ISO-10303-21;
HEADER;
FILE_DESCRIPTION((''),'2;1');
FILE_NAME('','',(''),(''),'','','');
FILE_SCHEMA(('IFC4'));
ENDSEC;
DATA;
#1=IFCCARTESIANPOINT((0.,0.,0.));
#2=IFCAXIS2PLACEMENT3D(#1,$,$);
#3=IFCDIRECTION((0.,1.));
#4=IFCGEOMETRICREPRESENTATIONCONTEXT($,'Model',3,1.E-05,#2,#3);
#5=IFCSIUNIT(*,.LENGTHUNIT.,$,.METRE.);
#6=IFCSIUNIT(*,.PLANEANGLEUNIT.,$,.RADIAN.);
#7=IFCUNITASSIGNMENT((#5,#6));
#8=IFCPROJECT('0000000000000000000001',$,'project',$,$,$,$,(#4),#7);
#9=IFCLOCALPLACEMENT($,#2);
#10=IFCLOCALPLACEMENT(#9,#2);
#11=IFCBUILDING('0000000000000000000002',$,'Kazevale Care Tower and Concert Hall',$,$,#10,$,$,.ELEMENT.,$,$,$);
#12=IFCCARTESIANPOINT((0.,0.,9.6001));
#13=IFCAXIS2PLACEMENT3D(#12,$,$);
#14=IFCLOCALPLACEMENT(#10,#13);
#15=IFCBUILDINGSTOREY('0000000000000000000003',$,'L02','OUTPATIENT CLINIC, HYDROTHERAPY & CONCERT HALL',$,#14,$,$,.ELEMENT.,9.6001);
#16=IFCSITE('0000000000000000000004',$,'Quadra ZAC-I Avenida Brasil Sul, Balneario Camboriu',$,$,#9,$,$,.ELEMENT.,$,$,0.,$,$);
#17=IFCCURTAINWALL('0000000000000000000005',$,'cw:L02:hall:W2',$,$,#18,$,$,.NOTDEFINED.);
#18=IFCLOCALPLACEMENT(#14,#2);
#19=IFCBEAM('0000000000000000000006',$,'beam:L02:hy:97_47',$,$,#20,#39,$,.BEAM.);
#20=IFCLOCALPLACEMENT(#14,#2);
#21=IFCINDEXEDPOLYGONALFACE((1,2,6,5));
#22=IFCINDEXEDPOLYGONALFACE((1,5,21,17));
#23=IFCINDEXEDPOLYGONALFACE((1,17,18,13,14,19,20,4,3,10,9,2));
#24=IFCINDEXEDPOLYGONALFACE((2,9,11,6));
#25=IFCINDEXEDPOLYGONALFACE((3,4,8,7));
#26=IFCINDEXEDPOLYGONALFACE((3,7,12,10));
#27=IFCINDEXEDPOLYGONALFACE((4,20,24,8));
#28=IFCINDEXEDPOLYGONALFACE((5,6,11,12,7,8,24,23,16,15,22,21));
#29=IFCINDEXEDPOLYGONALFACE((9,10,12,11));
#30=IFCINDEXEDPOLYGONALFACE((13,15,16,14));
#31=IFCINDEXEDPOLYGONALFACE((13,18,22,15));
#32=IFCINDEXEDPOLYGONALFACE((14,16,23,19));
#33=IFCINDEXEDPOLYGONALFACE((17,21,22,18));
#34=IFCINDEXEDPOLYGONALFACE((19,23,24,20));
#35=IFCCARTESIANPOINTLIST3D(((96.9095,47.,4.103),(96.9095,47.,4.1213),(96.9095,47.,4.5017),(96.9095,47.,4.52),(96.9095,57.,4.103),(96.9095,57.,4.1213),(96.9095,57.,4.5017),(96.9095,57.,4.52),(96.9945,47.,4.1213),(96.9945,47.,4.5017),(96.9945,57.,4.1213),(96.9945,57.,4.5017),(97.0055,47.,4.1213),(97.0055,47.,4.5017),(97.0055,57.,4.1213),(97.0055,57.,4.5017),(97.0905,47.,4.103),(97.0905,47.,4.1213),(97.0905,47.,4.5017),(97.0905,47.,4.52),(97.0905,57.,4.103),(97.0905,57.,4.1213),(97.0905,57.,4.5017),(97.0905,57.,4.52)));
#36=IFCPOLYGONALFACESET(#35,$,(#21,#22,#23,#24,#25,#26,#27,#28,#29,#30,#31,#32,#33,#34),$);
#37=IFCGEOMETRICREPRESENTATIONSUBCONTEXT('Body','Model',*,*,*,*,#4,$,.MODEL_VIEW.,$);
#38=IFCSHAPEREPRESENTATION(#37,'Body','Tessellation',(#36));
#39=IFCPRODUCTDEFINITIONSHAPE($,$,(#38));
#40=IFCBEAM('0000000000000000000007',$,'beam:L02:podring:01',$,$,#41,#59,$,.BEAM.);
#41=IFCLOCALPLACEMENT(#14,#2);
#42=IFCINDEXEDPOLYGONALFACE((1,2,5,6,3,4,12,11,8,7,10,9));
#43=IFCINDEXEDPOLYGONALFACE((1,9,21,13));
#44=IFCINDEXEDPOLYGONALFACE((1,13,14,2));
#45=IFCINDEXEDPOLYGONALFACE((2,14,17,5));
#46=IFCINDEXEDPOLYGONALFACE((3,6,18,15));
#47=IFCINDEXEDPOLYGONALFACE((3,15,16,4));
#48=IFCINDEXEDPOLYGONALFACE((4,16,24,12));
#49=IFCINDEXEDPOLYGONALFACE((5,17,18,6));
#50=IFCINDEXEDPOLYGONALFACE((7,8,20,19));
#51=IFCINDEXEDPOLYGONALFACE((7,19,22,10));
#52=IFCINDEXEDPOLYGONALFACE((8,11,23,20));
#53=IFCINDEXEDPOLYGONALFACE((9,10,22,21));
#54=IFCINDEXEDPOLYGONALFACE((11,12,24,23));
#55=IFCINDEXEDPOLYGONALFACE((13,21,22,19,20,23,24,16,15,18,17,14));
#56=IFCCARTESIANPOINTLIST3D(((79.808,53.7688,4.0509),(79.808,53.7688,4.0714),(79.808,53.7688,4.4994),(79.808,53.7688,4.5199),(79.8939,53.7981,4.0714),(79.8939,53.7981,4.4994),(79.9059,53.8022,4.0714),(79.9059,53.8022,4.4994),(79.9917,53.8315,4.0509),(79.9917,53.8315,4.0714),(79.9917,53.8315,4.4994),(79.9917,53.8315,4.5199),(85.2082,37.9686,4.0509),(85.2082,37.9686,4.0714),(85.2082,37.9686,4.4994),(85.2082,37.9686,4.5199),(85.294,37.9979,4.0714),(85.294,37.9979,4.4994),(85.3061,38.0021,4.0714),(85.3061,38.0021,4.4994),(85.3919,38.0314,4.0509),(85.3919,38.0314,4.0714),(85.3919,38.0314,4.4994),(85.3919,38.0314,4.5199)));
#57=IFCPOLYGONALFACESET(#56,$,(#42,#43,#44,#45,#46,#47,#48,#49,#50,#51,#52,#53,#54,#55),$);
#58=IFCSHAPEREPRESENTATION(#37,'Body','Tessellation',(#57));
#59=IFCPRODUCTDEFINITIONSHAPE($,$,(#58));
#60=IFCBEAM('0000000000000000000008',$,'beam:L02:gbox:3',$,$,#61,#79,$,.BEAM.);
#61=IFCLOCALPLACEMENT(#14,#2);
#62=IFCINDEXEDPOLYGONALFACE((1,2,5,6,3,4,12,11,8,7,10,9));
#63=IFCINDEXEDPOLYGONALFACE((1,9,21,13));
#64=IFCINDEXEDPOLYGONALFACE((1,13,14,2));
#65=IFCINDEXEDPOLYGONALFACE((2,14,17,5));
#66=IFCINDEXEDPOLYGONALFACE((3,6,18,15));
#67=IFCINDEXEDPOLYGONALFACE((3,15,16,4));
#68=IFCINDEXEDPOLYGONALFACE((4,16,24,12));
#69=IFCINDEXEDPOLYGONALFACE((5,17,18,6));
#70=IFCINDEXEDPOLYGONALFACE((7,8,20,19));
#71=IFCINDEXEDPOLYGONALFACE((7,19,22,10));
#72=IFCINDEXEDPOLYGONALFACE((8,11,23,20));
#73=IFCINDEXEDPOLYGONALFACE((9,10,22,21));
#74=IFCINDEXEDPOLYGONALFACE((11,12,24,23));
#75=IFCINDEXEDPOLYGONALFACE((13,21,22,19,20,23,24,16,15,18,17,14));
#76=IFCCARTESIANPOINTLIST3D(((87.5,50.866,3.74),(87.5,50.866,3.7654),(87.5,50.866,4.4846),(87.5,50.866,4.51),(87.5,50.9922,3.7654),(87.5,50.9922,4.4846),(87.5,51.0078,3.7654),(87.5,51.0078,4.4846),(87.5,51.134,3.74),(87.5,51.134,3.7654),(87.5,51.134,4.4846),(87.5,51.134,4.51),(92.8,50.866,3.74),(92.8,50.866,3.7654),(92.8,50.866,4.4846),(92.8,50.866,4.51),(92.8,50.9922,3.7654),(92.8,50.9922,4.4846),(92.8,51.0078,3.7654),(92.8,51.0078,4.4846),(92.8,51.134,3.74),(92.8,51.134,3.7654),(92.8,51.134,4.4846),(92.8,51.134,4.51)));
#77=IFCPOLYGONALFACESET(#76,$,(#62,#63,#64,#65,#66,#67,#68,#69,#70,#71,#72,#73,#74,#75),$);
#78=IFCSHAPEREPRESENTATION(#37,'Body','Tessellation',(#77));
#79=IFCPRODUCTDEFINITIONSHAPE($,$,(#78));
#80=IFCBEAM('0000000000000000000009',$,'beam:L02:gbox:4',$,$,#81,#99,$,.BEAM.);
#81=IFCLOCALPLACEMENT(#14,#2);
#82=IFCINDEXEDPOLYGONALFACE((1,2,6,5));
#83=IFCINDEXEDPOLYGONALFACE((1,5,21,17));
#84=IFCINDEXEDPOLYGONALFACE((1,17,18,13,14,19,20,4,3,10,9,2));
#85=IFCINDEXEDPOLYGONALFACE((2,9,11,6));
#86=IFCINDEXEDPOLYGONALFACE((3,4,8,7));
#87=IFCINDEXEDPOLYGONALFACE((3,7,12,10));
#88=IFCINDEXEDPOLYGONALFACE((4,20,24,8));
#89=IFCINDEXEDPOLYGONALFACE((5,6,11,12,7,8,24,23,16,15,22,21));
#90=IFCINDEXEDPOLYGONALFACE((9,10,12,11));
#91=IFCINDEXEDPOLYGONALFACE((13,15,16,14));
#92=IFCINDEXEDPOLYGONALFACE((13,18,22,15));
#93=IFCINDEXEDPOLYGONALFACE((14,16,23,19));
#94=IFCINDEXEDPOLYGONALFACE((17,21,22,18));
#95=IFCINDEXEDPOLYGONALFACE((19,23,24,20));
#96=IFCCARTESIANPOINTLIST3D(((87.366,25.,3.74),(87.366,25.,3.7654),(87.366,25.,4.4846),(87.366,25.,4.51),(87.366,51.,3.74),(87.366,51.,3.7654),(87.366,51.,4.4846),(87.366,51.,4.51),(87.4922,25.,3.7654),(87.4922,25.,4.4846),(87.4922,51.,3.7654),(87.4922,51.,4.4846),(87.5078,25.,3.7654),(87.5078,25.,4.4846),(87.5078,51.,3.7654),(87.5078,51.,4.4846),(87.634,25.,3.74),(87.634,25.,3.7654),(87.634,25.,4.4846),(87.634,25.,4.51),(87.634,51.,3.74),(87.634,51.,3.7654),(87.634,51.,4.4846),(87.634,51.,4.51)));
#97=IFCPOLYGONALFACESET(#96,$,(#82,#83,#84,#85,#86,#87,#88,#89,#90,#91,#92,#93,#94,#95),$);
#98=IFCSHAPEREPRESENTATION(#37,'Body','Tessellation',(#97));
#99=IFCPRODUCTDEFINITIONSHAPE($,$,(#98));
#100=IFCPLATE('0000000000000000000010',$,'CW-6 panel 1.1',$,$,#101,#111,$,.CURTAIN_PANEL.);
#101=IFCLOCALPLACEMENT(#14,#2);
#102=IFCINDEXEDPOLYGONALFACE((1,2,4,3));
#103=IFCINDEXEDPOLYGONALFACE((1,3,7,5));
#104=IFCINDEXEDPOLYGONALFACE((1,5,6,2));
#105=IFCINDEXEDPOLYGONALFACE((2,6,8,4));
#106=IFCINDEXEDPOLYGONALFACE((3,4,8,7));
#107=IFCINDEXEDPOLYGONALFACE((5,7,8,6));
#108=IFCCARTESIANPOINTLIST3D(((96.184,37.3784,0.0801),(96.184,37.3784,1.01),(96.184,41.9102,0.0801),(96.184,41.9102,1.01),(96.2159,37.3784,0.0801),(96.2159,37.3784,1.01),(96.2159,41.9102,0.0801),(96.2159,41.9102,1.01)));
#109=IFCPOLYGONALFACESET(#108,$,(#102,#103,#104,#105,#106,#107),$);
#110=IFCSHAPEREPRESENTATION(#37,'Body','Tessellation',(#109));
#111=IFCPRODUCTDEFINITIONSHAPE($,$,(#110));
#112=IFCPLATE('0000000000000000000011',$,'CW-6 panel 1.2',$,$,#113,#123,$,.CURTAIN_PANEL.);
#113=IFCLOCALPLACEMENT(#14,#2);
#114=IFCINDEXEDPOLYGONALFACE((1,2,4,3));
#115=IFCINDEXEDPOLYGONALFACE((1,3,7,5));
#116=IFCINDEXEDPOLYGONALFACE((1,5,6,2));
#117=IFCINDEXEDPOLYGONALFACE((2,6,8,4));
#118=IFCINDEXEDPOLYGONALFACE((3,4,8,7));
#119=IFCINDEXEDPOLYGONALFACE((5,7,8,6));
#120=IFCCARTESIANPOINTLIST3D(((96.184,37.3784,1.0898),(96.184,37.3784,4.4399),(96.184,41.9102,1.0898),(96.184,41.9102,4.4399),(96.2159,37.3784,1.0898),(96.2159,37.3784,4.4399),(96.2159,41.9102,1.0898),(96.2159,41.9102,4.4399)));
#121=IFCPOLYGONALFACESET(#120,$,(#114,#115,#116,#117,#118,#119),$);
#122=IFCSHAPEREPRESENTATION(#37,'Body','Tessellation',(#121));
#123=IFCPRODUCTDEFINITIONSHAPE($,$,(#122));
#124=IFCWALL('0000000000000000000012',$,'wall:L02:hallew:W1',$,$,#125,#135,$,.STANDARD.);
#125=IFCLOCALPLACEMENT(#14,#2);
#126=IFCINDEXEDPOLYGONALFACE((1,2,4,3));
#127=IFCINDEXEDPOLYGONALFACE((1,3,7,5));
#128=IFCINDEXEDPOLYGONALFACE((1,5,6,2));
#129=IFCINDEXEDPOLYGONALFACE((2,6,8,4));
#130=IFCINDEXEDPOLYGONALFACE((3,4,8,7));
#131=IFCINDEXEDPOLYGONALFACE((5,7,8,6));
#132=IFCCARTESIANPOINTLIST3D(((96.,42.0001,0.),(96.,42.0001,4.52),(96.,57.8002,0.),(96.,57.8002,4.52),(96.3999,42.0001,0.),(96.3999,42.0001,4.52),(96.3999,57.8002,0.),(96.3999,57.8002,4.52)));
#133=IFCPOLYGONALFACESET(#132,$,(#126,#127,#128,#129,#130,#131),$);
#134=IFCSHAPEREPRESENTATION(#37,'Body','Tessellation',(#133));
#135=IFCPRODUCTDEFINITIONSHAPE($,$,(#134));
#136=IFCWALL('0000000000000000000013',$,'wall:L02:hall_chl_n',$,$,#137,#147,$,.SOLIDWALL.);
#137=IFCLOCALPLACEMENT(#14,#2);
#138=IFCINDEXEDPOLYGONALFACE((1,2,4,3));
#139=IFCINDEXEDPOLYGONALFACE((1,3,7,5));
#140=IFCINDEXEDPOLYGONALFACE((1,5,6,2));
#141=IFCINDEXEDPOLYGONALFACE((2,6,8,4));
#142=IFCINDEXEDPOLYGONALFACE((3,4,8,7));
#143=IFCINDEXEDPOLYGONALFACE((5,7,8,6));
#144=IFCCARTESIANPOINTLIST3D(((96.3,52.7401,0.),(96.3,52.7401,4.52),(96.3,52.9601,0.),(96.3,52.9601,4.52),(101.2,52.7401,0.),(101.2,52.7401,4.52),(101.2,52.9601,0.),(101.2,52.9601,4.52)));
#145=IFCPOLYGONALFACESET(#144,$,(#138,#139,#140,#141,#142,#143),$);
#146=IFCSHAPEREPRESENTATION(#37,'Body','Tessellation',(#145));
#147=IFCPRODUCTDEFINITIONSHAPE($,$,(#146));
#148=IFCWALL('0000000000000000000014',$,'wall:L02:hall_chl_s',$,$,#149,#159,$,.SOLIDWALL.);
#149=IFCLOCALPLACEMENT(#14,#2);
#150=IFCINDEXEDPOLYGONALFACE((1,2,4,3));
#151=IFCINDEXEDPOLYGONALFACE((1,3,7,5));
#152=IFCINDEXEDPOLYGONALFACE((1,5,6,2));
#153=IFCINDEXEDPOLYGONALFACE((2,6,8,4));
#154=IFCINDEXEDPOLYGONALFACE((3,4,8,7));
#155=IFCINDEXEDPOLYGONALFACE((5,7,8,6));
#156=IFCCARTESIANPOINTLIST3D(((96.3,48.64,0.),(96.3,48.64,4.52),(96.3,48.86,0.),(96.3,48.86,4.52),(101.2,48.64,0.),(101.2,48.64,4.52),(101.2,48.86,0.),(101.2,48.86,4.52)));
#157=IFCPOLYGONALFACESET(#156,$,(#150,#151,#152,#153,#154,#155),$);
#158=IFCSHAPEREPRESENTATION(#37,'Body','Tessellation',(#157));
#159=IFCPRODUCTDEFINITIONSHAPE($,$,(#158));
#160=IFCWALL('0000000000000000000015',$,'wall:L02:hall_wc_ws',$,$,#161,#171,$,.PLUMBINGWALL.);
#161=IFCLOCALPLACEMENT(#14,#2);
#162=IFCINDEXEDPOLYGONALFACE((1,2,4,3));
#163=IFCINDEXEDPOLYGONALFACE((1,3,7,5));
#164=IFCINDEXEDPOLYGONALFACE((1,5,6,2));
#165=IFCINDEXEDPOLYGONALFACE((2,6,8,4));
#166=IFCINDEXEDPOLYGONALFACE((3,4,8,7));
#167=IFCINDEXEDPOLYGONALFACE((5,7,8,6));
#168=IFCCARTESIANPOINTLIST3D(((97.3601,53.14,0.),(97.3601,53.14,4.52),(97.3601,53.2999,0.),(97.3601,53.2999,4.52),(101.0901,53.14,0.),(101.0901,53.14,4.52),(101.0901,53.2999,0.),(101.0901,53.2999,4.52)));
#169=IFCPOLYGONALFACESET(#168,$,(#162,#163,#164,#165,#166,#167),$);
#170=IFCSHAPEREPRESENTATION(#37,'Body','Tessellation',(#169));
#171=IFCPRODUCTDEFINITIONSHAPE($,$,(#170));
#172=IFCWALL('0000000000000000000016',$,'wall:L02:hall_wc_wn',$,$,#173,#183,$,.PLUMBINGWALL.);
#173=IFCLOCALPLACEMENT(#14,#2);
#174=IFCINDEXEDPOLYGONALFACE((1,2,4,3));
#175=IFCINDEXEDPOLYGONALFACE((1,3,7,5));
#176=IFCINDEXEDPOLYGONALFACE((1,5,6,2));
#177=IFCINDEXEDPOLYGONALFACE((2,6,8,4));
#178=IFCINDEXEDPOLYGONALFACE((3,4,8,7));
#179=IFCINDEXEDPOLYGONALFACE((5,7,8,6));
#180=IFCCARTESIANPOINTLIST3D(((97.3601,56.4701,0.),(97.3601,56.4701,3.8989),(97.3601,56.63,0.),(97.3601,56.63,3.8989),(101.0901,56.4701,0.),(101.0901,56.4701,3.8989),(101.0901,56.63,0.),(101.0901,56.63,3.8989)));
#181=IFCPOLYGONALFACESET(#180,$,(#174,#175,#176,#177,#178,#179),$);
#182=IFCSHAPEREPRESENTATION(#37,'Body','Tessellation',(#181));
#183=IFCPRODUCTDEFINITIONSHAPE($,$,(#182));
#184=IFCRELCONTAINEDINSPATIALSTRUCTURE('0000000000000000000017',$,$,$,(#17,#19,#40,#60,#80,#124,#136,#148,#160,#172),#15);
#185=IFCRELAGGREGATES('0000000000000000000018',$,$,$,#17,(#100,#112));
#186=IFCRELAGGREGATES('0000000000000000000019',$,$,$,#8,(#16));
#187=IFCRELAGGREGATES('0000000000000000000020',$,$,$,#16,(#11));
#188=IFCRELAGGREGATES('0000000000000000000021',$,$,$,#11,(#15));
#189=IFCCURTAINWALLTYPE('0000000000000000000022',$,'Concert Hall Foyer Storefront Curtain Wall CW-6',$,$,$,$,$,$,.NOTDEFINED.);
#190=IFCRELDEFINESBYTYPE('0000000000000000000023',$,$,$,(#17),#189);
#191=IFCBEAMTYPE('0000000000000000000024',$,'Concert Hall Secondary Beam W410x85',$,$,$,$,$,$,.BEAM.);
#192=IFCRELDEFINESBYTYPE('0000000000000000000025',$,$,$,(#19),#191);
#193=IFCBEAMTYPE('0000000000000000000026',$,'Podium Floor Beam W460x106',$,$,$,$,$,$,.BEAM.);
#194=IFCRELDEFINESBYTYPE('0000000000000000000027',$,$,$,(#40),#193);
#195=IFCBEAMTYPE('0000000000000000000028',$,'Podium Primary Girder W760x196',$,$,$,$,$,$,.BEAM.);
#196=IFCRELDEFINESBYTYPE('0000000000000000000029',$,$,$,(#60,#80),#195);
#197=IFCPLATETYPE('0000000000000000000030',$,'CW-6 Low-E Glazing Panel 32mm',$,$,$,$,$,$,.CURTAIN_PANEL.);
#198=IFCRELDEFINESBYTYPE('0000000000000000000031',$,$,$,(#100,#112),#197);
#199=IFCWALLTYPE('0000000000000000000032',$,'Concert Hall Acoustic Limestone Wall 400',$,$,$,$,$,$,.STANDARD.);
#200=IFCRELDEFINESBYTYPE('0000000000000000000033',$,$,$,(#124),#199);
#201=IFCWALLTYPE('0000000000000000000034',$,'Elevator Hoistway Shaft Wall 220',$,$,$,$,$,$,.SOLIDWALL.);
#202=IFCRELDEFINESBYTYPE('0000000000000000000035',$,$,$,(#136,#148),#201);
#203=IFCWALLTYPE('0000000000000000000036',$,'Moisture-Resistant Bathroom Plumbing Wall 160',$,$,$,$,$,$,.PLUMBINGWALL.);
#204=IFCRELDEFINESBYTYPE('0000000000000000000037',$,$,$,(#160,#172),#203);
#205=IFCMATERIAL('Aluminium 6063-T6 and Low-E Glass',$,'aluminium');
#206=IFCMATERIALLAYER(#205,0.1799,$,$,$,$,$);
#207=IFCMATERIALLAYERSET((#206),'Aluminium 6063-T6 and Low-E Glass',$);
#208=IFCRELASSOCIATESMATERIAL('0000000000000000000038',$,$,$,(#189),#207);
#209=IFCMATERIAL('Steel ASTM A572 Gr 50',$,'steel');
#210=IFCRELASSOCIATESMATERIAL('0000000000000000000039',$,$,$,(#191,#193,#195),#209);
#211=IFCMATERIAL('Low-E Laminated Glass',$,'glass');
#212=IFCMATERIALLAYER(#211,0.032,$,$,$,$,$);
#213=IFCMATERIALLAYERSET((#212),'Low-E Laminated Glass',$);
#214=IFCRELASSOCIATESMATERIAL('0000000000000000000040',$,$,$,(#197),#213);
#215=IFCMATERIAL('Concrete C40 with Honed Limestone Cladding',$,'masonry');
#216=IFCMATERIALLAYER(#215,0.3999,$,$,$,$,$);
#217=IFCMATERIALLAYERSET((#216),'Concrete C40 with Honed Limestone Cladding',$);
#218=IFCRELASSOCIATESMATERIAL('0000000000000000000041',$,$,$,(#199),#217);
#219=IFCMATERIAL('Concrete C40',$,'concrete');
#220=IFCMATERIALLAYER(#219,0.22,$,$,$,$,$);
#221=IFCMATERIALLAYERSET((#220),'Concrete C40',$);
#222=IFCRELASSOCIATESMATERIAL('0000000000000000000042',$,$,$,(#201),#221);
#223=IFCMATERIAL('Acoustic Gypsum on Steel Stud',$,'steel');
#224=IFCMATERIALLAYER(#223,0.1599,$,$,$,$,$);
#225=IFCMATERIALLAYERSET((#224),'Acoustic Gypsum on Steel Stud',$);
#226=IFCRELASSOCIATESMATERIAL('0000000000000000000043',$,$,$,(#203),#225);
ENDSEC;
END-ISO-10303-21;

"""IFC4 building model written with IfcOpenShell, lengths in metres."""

from ifc_helpers import new_model, si_unit, direction, frame, frame_2d, origin, origin_2d, place, context, subcontext, project, spatial, rectangle, i_section, extrude, material, layer, layer_set, material_profile, profile_set, type_object, element, aggregate, save


model = new_model("IFC4")

# Units and contexts
model_context = context("Model", 3, precision=1e-05, world=origin(), true_north=direction((0.0, 1.0)))
body_context = subcontext(model_context, "Body", "Model", "MODEL_VIEW")
ifc_project = project(units=[si_unit("LENGTHUNIT", "METRE"), si_unit("PLANEANGLEUNIT", "RADIAN")], contexts=[model_context])

# Site, building, storey
site_placement = place(None, origin())
site = spatial("IfcSite", under=ifc_project, at=site_placement, Name="Quadra ZAC-I Avenida Brasil Sul, Balneario Camboriu", CompositionType="ELEMENT", RefElevation=0.0)
building_placement = place(site_placement, origin())
building = spatial("IfcBuilding", under=site, at=building_placement, Name="Kazevale Care Tower and Concert Hall", CompositionType="ELEMENT")
storey_placement = place(building_placement, frame((0.0, 0.0, 9.6001)))
storey = spatial("IfcBuildingStorey", under=building, at=storey_placement, Name="L02", Description="OUTPATIENT CLINIC, HYDROTHERAPY & CONCERT HALL", CompositionType="ELEMENT", Elevation=9.6001)

# Curtain wall
ifc_material_1 = material(Name="Aluminium 6063-T6 and Low-E Glass", Category="aluminium")
ifc_layer_1 = layer(ifc_material_1, 0.1799)
ifc_layer_set_1 = layer_set([ifc_layer_1], Name="Aluminium 6063-T6 and Low-E Glass")
curtain_wall_type_1 = type_object("IfcCurtainWallType", Name="Concert Hall Foyer Storefront Curtain Wall CW-6", PredefinedType="NOTDEFINED", material=ifc_layer_set_1)
curtain_wall_1_placement = place(storey_placement, origin())
curtain_wall_1 = element("IfcCurtainWall", 1, at=curtain_wall_1_placement, inside=storey, type_object=curtain_wall_type_1, Name="cw:L02:hall:W2", PredefinedType="NOTDEFINED")

# Beams
ifc_material_2 = material(Name="Steel ASTM A572 Gr 50", Category="steel")
ifc_material_profile_1 = material_profile(ifc_material_2, i_section(OverallWidth=0.1809, OverallDepth=0.417, WebThickness=0.011, FlangeThickness=0.0183, at=origin_2d()), Name="W410x85")
ifc_profile_set_1 = profile_set([ifc_material_profile_1], Name="Steel ASTM A572 Gr 50")
beam_type_1 = type_object("IfcBeamType", Name="Concert Hall Secondary Beam W410x85", PredefinedType="BEAM", material=ifc_profile_set_1)
beam_1_placement = place(storey_placement, frame((97.0, 47.0, 4.3115), z_axis=(0.0, 1.0, 0.0), x_axis=(-1.0, 0.0, 0.0)))
element("IfcBeam", 2, at=beam_1_placement, inside=storey, type_object=beam_type_1, Name="beam:L02:hy:97_47", PredefinedType="BEAM", context=body_context, shape_type="SweptSolid", body=[
    extrude(i_section(OverallWidth=0.1809, OverallDepth=0.417, WebThickness=0.011, FlangeThickness=0.0183, at=origin_2d()), origin(), (0.0, 0.0, 1.0), 10.0),
])
ifc_material_profile_2 = material_profile(ifc_material_2, i_section(OverallWidth=0.1941, OverallDepth=0.469, WebThickness=0.0127, FlangeThickness=0.0205, at=origin_2d()), Name="W460x106")
ifc_profile_set_2 = profile_set([ifc_material_profile_2], Name="Steel ASTM A572 Gr 50")
beam_type_2 = type_object("IfcBeamType", Name="Podium Floor Beam W460x106", PredefinedType="BEAM", material=ifc_profile_set_2)
beam_2_placement = place(storey_placement, frame((85.3, 38.0, 4.2854), z_axis=(-0.323412, 0.946258, 0.0), x_axis=(-0.946258, -0.323412, 0.0)))
element("IfcBeam", 3, at=beam_2_placement, inside=storey, type_object=beam_type_2, Name="beam:L02:podring:01", PredefinedType="BEAM", context=body_context, shape_type="SweptSolid", body=[
    extrude(i_section(OverallWidth=0.1941, OverallDepth=0.469, WebThickness=0.0127, FlangeThickness=0.0205, at=origin_2d()), origin(), (0.0, 0.0, 1.0), 16.6975),
])
ifc_material_profile_3 = material_profile(ifc_material_2, i_section(OverallWidth=0.2681, OverallDepth=0.77, WebThickness=0.0156, FlangeThickness=0.0254, at=origin_2d()), Name="W760x196")
ifc_profile_set_3 = profile_set([ifc_material_profile_3], Name="Steel ASTM A572 Gr 50")
beam_type_3 = type_object("IfcBeamType", Name="Podium Primary Girder W760x196", PredefinedType="BEAM", material=ifc_profile_set_3)
beam_3_placement = place(storey_placement, frame((92.8, 51.0, 4.125), z_axis=(-1.0, 0.0, 0.0), x_axis=(0.0, -1.0, 0.0)))
element("IfcBeam", 4, at=beam_3_placement, inside=storey, type_object=beam_type_3, Name="beam:L02:gbox:3", PredefinedType="BEAM", context=body_context, shape_type="SweptSolid", body=[
    extrude(i_section(OverallWidth=0.2681, OverallDepth=0.77, WebThickness=0.0156, FlangeThickness=0.0254, at=origin_2d()), origin(), (0.0, 0.0, 1.0), 5.3),
])
beam_4_placement = place(storey_placement, frame((87.5, 51.0, 4.125), z_axis=(0.0, -1.0, 0.0), x_axis=(1.0, 0.0, 0.0)))
element("IfcBeam", 5, at=beam_4_placement, inside=storey, type_object=beam_type_3, Name="beam:L02:gbox:4", PredefinedType="BEAM", context=body_context, shape_type="SweptSolid", body=[
    extrude(i_section(OverallWidth=0.2681, OverallDepth=0.77, WebThickness=0.0156, FlangeThickness=0.0254, at=origin_2d()), origin(), (0.0, 0.0, 1.0), 26.0),
])

# Plates
ifc_material_3 = material(Name="Low-E Laminated Glass", Category="glass")
ifc_layer_2 = layer(ifc_material_3, 0.032)
ifc_layer_set_2 = layer_set([ifc_layer_2], Name="Low-E Laminated Glass")
plate_type = type_object("IfcPlateType", Name="CW-6 Low-E Glazing Panel 32mm", PredefinedType="CURTAIN_PANEL", material=ifc_layer_set_2)
plate_1_placement = place(storey_placement, frame((96.2, 39.6443, 0.0801), z_axis=(0.0, 0.0, 1.0), x_axis=(0.0, -1.0, 0.0)))
plate_1 = element("IfcPlate", 6, at=plate_1_placement, type_object=plate_type, Name="CW-6 panel 1.1", PredefinedType="CURTAIN_PANEL", context=body_context, shape_type="SweptSolid", body=[
    extrude(rectangle(XDim=4.5317, YDim=0.032, at=origin_2d()), origin(), (0.0, 0.0, 1.0), 0.9299),
])
plate_2_placement = place(storey_placement, frame((96.2, 39.6443, 1.0898), z_axis=(0.0, 0.0, 1.0), x_axis=(0.0, -1.0, 0.0)))
plate_2 = element("IfcPlate", 7, at=plate_2_placement, type_object=plate_type, Name="CW-6 panel 1.2", PredefinedType="CURTAIN_PANEL", context=body_context, shape_type="SweptSolid", body=[
    extrude(rectangle(XDim=4.5317, YDim=0.032, at=origin_2d()), origin(), (0.0, 0.0, 1.0), 3.3501),
])
aggregate(curtain_wall_1, [plate_1, plate_2])

# Walls
ifc_material_4 = material(Name="Concrete C40 with Honed Limestone Cladding", Category="masonry")
ifc_layer_3 = layer(ifc_material_4, 0.3999)
ifc_layer_set_3 = layer_set([ifc_layer_3], Name="Concrete C40 with Honed Limestone Cladding")
wall_type_1 = type_object("IfcWallType", Name="Concert Hall Acoustic Limestone Wall 400", PredefinedType="STANDARD", material=ifc_layer_set_3)
wall_1_placement = place(storey_placement, frame((96.2, 57.8, 0.0), z_axis=(0.0, 0.0, 1.0), x_axis=(0.0, -1.0, 0.0)))
element("IfcWall", 8, at=wall_1_placement, inside=storey, type_object=wall_type_1, Name="wall:L02:hallew:W1", PredefinedType="STANDARD", context=body_context, shape_type="SweptSolid", body=[
    extrude(rectangle(XDim=15.8, YDim=0.3999, at=frame_2d((7.8999, 0.0))), origin(), (0.0, 0.0, 1.0), 4.52),
])
ifc_material_5 = material(Name="Concrete C40", Category="concrete")
ifc_layer_4 = layer(ifc_material_5, 0.22)
ifc_layer_set_4 = layer_set([ifc_layer_4], Name="Concrete C40")
wall_type_2 = type_object("IfcWallType", Name="Elevator Hoistway Shaft Wall 220", PredefinedType="SOLIDWALL", material=ifc_layer_set_4)
for number, where, z_axis, x_axis, name in (
    (9, (96.3, 52.8501, 0.0), (0.0, 0.0, 1.0), (1.0, 0.0, 0.0), "wall:L02:hall_chl_n"),
    (10, (96.3, 48.75, 0.0), (0.0, 0.0, 1.0), (1.0, 0.0, 0.0), "wall:L02:hall_chl_s"),
):
    element("IfcWall", number, at=place(storey_placement, frame(where, z_axis=z_axis, x_axis=x_axis)), inside=storey, type_object=wall_type_2, Name=name, PredefinedType="SOLIDWALL", context=body_context, shape_type="SweptSolid", body=[
        extrude(rectangle(XDim=4.8999, YDim=0.22, at=frame_2d((2.45, 0.0))), origin(), (0.0, 0.0, 1.0), 4.52),
    ])
ifc_material_6 = material(Name="Acoustic Gypsum on Steel Stud", Category="steel")
ifc_layer_5 = layer(ifc_material_6, 0.1599)
ifc_layer_set_5 = layer_set([ifc_layer_5], Name="Acoustic Gypsum on Steel Stud")
wall_type_3 = type_object("IfcWallType", Name="Moisture-Resistant Bathroom Plumbing Wall 160", PredefinedType="PLUMBINGWALL", material=ifc_layer_set_5)
wall_2_placement = place(storey_placement, frame((97.3601, 53.22, 0.0), z_axis=(0.0, 0.0, 1.0), x_axis=(1.0, 0.0, 0.0)))
element("IfcWall", 11, at=wall_2_placement, inside=storey, type_object=wall_type_3, Name="wall:L02:hall_wc_ws", PredefinedType="PLUMBINGWALL", context=body_context, shape_type="SweptSolid", body=[
    extrude(rectangle(XDim=3.73, YDim=0.1599, at=frame_2d((1.865, 0.0))), origin(), (0.0, 0.0, 1.0), 4.52),
])
wall_3_placement = place(storey_placement, frame((97.3601, 56.55, 0.0), z_axis=(0.0, 0.0, 1.0), x_axis=(1.0, 0.0, 0.0)))
element("IfcWall", 12, at=wall_3_placement, inside=storey, type_object=wall_type_3, Name="wall:L02:hall_wc_wn", PredefinedType="PLUMBINGWALL", context=body_context, shape_type="SweptSolid", body=[
    extrude(rectangle(XDim=3.73, YDim=0.1599, at=frame_2d((1.865, 0.0))), origin(), (0.0, 0.0, 1.0), 3.8989),
])

save(model, "model.ifc")
